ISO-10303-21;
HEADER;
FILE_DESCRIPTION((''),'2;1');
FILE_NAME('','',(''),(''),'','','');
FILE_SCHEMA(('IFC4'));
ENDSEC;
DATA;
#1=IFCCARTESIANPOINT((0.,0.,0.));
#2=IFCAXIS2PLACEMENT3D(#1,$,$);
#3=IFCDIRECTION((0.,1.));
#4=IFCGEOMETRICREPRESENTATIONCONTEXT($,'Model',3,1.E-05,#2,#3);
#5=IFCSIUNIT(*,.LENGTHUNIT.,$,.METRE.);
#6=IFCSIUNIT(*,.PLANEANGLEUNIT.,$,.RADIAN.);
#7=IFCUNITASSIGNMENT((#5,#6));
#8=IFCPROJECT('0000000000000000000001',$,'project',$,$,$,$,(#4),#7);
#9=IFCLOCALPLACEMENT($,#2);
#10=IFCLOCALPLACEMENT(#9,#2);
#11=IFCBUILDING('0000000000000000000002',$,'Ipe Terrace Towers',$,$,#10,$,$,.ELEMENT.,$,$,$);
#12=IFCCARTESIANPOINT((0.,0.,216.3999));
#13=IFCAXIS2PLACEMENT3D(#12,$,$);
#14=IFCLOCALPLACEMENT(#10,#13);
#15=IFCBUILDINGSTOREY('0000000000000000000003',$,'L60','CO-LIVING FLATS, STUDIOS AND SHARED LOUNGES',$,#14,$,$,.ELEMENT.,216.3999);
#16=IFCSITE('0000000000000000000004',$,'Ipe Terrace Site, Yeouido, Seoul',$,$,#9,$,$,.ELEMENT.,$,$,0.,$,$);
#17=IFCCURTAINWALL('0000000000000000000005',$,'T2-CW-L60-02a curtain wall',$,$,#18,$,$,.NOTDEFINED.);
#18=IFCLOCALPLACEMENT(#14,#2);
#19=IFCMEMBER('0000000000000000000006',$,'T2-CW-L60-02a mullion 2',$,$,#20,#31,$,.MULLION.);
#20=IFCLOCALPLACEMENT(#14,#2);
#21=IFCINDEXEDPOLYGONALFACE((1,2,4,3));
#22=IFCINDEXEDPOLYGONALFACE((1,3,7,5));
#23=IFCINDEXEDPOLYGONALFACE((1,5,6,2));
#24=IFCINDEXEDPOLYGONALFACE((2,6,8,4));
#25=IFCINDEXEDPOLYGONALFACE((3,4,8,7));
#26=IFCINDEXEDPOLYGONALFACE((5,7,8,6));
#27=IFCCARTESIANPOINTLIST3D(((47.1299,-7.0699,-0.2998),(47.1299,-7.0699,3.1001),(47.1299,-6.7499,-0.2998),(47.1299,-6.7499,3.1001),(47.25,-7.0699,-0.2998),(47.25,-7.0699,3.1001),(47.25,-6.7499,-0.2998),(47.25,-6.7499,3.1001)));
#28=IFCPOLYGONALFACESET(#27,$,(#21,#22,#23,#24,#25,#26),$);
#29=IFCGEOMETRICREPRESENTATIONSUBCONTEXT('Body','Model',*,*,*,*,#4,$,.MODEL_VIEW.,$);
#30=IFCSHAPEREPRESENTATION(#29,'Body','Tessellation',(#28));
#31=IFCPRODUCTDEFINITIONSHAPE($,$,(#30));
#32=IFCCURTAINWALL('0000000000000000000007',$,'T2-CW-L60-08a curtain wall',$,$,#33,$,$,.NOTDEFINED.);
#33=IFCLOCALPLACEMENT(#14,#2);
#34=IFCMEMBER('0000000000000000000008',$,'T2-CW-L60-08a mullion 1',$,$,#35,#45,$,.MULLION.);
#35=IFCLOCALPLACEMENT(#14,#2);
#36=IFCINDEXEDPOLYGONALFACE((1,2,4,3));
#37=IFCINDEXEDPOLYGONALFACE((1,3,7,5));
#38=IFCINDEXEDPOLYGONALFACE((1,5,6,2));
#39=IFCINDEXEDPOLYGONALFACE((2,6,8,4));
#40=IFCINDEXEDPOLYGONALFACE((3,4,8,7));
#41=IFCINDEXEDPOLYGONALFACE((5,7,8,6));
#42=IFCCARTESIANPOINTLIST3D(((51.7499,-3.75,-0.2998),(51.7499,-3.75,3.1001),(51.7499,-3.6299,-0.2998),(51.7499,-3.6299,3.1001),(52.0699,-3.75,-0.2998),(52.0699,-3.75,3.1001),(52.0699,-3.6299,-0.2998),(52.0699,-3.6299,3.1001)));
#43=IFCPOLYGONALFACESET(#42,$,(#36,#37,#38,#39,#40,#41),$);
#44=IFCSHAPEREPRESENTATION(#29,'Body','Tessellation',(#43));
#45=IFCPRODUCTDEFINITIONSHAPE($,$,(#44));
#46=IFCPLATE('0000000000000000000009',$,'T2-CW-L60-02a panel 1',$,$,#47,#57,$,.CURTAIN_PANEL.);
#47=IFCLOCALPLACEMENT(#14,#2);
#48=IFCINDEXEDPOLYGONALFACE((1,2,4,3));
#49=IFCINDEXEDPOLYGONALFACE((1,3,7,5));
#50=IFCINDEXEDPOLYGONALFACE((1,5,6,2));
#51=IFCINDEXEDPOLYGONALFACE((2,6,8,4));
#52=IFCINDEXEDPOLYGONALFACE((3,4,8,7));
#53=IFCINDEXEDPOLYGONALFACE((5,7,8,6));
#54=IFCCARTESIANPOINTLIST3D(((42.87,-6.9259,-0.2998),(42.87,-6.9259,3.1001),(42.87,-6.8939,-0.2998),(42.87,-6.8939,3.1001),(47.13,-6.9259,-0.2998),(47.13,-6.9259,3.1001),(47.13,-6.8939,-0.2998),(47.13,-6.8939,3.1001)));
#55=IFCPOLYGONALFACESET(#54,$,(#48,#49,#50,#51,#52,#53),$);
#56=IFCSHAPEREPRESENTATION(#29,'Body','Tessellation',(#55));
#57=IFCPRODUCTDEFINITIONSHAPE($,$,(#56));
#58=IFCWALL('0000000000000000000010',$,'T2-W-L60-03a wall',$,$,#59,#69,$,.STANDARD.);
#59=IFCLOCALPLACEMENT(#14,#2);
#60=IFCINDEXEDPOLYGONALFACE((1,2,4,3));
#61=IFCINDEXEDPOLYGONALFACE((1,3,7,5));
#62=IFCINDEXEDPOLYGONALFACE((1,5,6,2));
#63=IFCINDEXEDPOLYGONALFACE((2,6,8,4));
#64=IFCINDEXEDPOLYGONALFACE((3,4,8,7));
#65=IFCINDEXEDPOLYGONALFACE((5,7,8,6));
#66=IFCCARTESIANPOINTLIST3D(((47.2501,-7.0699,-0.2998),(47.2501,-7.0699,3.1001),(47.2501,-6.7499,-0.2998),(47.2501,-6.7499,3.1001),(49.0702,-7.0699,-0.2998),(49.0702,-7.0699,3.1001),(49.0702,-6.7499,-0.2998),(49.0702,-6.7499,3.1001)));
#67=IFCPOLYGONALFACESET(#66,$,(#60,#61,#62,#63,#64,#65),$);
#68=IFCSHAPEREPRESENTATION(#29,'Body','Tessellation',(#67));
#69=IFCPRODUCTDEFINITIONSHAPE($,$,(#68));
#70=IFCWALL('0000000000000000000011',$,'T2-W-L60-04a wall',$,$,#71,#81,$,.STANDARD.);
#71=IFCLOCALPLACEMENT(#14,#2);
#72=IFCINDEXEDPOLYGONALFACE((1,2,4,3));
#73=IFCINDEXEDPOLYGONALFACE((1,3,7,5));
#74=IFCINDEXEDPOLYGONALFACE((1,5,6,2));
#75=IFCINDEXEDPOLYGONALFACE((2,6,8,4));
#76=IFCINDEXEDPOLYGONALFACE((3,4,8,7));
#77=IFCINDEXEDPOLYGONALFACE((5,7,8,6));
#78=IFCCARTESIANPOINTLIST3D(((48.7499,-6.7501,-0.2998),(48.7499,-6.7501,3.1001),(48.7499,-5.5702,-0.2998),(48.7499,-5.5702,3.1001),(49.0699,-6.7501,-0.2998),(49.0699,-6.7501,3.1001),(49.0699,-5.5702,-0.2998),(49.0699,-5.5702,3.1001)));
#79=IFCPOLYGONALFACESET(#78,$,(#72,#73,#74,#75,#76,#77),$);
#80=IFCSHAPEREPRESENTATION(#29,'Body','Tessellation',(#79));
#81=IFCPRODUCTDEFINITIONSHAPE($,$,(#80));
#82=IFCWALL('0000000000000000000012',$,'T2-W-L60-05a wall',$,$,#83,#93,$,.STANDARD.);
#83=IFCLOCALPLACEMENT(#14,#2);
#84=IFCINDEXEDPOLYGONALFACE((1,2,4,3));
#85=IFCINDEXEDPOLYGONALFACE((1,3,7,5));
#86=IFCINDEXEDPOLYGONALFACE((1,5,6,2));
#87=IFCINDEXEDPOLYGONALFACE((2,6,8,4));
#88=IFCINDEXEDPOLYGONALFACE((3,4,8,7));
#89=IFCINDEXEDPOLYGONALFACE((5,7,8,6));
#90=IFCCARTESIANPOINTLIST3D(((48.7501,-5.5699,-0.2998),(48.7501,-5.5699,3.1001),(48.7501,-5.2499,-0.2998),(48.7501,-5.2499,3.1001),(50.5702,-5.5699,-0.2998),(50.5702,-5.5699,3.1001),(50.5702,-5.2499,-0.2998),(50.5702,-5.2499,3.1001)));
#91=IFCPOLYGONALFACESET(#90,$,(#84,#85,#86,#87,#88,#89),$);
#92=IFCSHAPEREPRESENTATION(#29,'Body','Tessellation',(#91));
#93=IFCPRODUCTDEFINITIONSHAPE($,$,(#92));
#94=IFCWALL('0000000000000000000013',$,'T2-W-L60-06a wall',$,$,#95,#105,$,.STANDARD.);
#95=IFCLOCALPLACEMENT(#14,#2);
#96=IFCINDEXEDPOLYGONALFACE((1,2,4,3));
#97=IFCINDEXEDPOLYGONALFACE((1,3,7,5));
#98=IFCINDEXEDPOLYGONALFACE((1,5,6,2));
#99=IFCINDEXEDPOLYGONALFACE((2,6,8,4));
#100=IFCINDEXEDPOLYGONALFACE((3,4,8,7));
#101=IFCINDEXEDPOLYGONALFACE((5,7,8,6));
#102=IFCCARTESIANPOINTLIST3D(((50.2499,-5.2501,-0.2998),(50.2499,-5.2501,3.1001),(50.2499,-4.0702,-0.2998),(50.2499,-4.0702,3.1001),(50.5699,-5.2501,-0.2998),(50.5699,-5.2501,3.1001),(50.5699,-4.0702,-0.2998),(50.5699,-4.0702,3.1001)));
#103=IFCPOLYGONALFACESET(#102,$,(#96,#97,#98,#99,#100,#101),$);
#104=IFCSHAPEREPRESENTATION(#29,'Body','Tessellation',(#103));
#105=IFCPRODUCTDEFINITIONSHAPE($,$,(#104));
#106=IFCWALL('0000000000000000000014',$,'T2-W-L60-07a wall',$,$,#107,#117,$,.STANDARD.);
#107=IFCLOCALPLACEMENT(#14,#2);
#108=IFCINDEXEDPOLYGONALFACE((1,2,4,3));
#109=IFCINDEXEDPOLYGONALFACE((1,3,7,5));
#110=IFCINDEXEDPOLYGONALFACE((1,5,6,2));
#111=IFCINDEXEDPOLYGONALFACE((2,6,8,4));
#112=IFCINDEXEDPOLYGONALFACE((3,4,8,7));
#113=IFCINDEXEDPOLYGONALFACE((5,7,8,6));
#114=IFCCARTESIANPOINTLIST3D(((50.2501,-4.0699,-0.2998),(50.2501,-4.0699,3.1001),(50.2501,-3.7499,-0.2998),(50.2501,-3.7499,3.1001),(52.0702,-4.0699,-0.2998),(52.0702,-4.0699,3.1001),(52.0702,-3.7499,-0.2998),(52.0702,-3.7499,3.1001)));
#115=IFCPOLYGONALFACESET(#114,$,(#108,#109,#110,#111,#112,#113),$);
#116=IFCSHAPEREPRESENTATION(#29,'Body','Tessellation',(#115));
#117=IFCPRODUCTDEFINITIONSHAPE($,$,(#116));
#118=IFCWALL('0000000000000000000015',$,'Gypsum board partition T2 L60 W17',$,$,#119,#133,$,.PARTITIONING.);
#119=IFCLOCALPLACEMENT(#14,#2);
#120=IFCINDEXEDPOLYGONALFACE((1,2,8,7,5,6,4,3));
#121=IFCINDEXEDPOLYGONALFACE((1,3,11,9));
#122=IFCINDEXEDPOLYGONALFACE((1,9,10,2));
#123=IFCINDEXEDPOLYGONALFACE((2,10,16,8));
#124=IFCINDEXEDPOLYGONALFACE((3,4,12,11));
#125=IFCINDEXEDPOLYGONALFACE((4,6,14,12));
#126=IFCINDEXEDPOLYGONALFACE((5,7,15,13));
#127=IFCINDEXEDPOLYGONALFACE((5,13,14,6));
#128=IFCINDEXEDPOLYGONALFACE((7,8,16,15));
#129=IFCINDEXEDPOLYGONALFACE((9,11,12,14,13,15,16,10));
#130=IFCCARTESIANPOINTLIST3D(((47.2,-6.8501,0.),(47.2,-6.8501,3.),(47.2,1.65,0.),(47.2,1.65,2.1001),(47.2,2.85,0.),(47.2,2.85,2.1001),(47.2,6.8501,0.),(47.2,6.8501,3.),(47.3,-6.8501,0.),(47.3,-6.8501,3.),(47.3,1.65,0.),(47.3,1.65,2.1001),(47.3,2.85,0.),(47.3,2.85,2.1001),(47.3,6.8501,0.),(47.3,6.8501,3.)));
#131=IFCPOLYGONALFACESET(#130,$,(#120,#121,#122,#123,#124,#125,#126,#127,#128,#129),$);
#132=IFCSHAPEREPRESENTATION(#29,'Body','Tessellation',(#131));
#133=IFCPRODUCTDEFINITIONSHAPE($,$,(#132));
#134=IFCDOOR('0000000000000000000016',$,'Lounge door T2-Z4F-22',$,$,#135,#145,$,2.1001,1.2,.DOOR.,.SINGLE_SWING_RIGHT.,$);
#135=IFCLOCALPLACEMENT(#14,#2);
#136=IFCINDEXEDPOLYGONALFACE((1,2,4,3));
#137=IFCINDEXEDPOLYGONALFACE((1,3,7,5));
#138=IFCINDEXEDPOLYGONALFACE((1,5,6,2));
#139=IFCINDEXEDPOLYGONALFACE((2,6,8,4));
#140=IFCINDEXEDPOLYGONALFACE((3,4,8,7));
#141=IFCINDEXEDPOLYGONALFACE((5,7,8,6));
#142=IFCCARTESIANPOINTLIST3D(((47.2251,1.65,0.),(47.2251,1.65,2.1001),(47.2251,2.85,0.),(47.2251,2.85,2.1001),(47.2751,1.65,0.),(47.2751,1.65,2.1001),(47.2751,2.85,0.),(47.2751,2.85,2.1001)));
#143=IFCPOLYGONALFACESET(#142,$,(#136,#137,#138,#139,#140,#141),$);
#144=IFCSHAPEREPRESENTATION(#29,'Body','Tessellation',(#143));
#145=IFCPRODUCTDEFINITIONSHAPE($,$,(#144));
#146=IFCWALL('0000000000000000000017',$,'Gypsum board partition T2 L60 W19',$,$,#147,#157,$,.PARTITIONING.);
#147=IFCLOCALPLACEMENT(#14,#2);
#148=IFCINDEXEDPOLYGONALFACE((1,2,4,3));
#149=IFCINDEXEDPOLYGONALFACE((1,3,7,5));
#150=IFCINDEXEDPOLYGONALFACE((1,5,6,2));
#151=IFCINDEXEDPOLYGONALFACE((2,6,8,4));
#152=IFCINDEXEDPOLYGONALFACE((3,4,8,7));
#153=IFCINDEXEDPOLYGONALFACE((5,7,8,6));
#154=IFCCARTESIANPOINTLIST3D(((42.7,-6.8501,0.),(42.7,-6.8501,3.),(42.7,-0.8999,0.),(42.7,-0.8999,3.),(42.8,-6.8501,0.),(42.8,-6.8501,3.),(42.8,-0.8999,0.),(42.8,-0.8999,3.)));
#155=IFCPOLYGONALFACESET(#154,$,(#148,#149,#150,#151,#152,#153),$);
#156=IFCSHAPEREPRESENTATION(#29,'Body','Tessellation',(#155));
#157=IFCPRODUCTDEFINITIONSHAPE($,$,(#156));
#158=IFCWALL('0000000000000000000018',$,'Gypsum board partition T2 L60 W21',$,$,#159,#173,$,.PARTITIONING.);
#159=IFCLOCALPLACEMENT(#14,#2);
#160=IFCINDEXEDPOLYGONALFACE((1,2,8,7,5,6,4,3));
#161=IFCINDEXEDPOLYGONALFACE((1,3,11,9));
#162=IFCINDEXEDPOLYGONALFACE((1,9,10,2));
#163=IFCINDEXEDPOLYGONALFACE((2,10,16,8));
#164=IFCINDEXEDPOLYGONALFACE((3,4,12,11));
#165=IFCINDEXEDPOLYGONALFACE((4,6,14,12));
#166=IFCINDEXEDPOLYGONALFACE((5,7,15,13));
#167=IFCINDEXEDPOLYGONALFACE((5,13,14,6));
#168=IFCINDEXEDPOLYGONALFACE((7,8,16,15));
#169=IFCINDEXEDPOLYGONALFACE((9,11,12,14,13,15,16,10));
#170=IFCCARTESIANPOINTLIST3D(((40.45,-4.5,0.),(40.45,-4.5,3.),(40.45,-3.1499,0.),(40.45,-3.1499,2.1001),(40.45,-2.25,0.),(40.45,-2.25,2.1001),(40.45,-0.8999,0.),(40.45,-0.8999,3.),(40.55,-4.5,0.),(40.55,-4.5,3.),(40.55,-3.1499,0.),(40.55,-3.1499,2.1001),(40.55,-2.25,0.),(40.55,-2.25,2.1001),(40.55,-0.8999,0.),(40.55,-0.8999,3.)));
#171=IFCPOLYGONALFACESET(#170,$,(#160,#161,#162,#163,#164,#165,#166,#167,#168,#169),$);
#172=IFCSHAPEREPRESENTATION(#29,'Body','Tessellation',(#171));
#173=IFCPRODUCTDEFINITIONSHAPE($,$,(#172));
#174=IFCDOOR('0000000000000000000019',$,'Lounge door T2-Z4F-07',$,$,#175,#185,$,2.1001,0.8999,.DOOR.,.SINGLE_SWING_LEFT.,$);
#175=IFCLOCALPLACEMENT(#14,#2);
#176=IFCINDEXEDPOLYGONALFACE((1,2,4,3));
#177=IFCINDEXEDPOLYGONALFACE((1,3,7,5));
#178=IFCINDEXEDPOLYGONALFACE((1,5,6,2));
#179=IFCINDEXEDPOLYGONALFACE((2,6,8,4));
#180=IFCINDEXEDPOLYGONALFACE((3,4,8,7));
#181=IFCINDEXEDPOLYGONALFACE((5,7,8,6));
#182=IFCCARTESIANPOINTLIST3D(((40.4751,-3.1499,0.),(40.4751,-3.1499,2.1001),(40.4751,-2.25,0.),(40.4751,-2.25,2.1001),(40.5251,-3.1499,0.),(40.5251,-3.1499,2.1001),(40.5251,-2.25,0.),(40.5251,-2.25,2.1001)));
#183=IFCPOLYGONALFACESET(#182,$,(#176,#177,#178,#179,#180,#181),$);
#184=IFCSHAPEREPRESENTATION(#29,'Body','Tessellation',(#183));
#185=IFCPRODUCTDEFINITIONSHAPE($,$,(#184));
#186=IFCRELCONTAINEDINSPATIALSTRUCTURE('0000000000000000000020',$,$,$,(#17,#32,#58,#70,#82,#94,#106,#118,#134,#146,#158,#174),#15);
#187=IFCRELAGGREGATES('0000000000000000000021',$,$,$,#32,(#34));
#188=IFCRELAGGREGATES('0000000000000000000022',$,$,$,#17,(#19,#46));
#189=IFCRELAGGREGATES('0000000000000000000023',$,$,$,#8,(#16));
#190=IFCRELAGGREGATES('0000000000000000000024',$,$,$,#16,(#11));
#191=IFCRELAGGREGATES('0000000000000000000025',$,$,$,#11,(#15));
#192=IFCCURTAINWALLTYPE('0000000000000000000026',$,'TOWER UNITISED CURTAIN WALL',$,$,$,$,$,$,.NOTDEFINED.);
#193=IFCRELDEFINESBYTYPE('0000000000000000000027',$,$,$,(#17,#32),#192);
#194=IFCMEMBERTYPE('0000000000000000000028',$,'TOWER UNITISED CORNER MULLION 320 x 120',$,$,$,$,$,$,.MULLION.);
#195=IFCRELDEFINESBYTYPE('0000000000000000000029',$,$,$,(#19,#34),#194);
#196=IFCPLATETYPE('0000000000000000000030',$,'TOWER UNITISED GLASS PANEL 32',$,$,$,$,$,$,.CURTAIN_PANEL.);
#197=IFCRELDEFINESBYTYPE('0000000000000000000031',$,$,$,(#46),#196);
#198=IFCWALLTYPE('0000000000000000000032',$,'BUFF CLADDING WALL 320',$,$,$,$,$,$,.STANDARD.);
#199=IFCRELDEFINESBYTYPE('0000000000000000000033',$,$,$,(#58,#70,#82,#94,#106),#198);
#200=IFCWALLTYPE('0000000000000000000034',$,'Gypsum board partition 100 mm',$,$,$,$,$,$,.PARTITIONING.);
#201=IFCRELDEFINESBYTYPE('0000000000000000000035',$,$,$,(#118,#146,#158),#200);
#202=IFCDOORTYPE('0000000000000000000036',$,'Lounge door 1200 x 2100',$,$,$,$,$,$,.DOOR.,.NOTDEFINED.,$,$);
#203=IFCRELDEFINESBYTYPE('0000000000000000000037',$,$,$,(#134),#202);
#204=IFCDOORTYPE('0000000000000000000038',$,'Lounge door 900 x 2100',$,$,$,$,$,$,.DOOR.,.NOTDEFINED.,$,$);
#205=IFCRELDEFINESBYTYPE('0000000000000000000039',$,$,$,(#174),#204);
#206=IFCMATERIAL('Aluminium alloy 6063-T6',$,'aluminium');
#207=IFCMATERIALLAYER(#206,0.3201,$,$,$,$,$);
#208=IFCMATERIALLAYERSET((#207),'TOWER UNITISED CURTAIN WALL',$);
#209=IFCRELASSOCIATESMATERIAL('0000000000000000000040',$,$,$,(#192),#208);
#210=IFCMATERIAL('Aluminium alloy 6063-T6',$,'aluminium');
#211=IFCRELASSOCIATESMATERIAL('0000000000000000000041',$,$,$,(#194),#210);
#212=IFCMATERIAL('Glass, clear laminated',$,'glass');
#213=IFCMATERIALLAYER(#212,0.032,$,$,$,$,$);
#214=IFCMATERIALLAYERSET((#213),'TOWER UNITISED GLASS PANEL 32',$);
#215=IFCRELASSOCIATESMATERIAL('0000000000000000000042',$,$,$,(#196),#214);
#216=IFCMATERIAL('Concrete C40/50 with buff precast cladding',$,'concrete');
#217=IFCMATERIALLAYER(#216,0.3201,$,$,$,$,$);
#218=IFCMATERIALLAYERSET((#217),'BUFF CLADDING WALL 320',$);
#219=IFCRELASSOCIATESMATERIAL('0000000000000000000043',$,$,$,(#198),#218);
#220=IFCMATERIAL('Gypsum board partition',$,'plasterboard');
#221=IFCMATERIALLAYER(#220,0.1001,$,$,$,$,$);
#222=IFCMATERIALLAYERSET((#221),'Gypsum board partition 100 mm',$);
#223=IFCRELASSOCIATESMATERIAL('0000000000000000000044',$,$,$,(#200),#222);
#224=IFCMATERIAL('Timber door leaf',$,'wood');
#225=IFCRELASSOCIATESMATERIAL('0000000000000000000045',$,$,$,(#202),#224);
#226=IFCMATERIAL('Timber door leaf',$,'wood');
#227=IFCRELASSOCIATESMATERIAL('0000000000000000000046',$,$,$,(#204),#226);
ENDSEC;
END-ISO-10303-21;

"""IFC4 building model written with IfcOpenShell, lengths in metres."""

from ifc_helpers import new_model, si_unit, direction, frame, frame_2d, origin, origin_2d, place, context, subcontext, project, spatial, rectangle, extrude, material, layer, layer_set, material_profile, profile_set, type_object, element, fill, aggregate, save


model = new_model("IFC4")

# Units and contexts
model_context = context("Model", 3, precision=1e-05, world=origin(), true_north=direction((0.0, 1.0)))
body_context = subcontext(model_context, "Body", "Model", "MODEL_VIEW")
ifc_project = project(units=[si_unit("LENGTHUNIT", "METRE"), si_unit("PLANEANGLEUNIT", "RADIAN")], contexts=[model_context])

# Site, building, storey
site_placement = place(None, origin())
site = spatial("IfcSite", under=ifc_project, at=site_placement, Name="Ipe Terrace Site, Yeouido, Seoul", CompositionType="ELEMENT", RefElevation=0.0)
building_placement = place(site_placement, origin())
building = spatial("IfcBuilding", under=site, at=building_placement, Name="Ipe Terrace Towers", CompositionType="ELEMENT")
storey_placement = place(building_placement, frame((0.0, 0.0, 216.3999)))
storey = spatial("IfcBuildingStorey", under=building, at=storey_placement, Name="L60", Description="CO-LIVING FLATS, STUDIOS AND SHARED LOUNGES", CompositionType="ELEMENT", Elevation=216.3999)

# Curtain wall, member
ifc_material_1 = material(Name="Aluminium alloy 6063-T6", Category="aluminium")
ifc_layer_1 = layer(ifc_material_1, 0.3201)
ifc_layer_set_1 = layer_set([ifc_layer_1], Name="TOWER UNITISED CURTAIN WALL")
curtain_wall_type = type_object("IfcCurtainWallType", Name="TOWER UNITISED CURTAIN WALL", PredefinedType="NOTDEFINED", material=ifc_layer_set_1)
curtain_wall_1_placement = place(storey_placement, origin())
curtain_wall_1 = element("IfcCurtainWall", 1, at=curtain_wall_1_placement, inside=storey, type_object=curtain_wall_type, Name="T2-CW-L60-02a curtain wall", PredefinedType="NOTDEFINED")
ifc_material_2 = material(Name="Aluminium alloy 6063-T6", Category="aluminium")
ifc_material_profile_1 = material_profile(ifc_material_2, rectangle(XDim=0.3201, YDim=0.1201, at=origin_2d()), Name="TOWER UNITISED CORNER MULLION 320 x 120")
ifc_profile_set_1 = profile_set([ifc_material_profile_1], Name="Aluminium alloy 6063-T6")
member_type = type_object("IfcMemberType", Name="TOWER UNITISED CORNER MULLION 320 x 120", PredefinedType="MULLION", material=ifc_profile_set_1)
member_1_placement = place(storey_placement, frame((47.1899, -6.9099, -0.2998), z_axis=(0.0, 0.0, 1.0), x_axis=(0.0, -1.0, 0.0)))
member_1 = element("IfcMember", 2, at=member_1_placement, type_object=member_type, Name="T2-CW-L60-02a mullion 2", PredefinedType="MULLION", context=body_context, shape_type="SweptSolid", body=[
    extrude(rectangle(XDim=0.3201, YDim=0.1201, at=origin_2d()), origin(), (0.0, 0.0, 1.0), 3.3999),
])

# Curtain wall, member
curtain_wall_2_placement = place(storey_placement, origin())
curtain_wall_2 = element("IfcCurtainWall", 3, at=curtain_wall_2_placement, inside=storey, type_object=curtain_wall_type, Name="T2-CW-L60-08a curtain wall", PredefinedType="NOTDEFINED")
member_2_placement = place(storey_placement, frame((51.9099, -3.6899, -0.2998), z_axis=(0.0, 0.0, 1.0), x_axis=(1.0, 0.0, 0.0)))
member_2 = element("IfcMember", 4, at=member_2_placement, type_object=member_type, Name="T2-CW-L60-08a mullion 1", PredefinedType="MULLION", context=body_context, shape_type="SweptSolid", body=[
    extrude(rectangle(XDim=0.3201, YDim=0.1201, at=origin_2d()), origin(), (0.0, 0.0, 1.0), 3.3999),
])
aggregate(curtain_wall_2, [member_2])

# Plate
ifc_material_3 = material(Name="Glass, clear laminated", Category="glass")
ifc_layer_2 = layer(ifc_material_3, 0.032)
ifc_layer_set_2 = layer_set([ifc_layer_2], Name="TOWER UNITISED GLASS PANEL 32")
plate_type = type_object("IfcPlateType", Name="TOWER UNITISED GLASS PANEL 32", PredefinedType="CURTAIN_PANEL", material=ifc_layer_set_2)
plate_placement = place(storey_placement, frame((45.0, -6.9099, -0.2998), z_axis=(0.0, 0.0, 1.0), x_axis=(1.0, 0.0, 0.0)))
plate = element("IfcPlate", 5, at=plate_placement, type_object=plate_type, Name="T2-CW-L60-02a panel 1", PredefinedType="CURTAIN_PANEL", context=body_context, shape_type="SweptSolid", body=[
    extrude(rectangle(XDim=4.26, YDim=0.032, at=origin_2d()), origin(), (0.0, 0.0, 1.0), 3.3999),
])
aggregate(curtain_wall_1, [member_1, plate])

# Walls
ifc_material_4 = material(Name="Concrete C40/50 with buff precast cladding", Category="concrete")
ifc_layer_3 = layer(ifc_material_4, 0.3201)
ifc_layer_set_3 = layer_set([ifc_layer_3], Name="BUFF CLADDING WALL 320")
wall_type_1 = type_object("IfcWallType", Name="BUFF CLADDING WALL 320", PredefinedType="STANDARD", material=ifc_layer_set_3)
wall_1_placement = place(storey_placement, frame((47.25, -6.9099, -0.2998), z_axis=(0.0, 0.0, 1.0), x_axis=(1.0, 0.0, 0.0)))
element("IfcWall", 6, at=wall_1_placement, inside=storey, type_object=wall_type_1, Name="T2-W-L60-03a wall", PredefinedType="STANDARD", context=body_context, shape_type="SweptSolid", body=[
    extrude(rectangle(XDim=1.8201, YDim=0.3201, at=frame_2d((0.9102, 0.0))), origin(), (0.0, 0.0, 1.0), 3.3999),
])
wall_2_placement = place(storey_placement, frame((48.9099, -6.75, -0.2998), z_axis=(0.0, 0.0, 1.0), x_axis=(0.0, 1.0, 0.0)))
element("IfcWall", 7, at=wall_2_placement, inside=storey, type_object=wall_type_1, Name="T2-W-L60-04a wall", PredefinedType="STANDARD", context=body_context, shape_type="SweptSolid", body=[
    extrude(rectangle(XDim=1.1799, YDim=0.3201, at=frame_2d((0.5898, 0.0))), origin(), (0.0, 0.0, 1.0), 3.3999),
])
wall_3_placement = place(storey_placement, frame((48.75, -5.4099, -0.2998), z_axis=(0.0, 0.0, 1.0), x_axis=(1.0, 0.0, 0.0)))
element("IfcWall", 8, at=wall_3_placement, inside=storey, type_object=wall_type_1, Name="T2-W-L60-05a wall", PredefinedType="STANDARD", context=body_context, shape_type="SweptSolid", body=[
    extrude(rectangle(XDim=1.8201, YDim=0.3201, at=frame_2d((0.9102, 0.0))), origin(), (0.0, 0.0, 1.0), 3.3999),
])
wall_4_placement = place(storey_placement, frame((50.4099, -5.25, -0.2998), z_axis=(0.0, 0.0, 1.0), x_axis=(0.0, 1.0, 0.0)))
element("IfcWall", 9, at=wall_4_placement, inside=storey, type_object=wall_type_1, Name="T2-W-L60-06a wall", PredefinedType="STANDARD", context=body_context, shape_type="SweptSolid", body=[
    extrude(rectangle(XDim=1.1799, YDim=0.3201, at=frame_2d((0.5898, 0.0))), origin(), (0.0, 0.0, 1.0), 3.3999),
])
wall_5_placement = place(storey_placement, frame((50.25, -3.9099, -0.2998), z_axis=(0.0, 0.0, 1.0), x_axis=(1.0, 0.0, 0.0)))
element("IfcWall", 10, at=wall_5_placement, inside=storey, type_object=wall_type_1, Name="T2-W-L60-07a wall", PredefinedType="STANDARD", context=body_context, shape_type="SweptSolid", body=[
    extrude(rectangle(XDim=1.8201, YDim=0.3201, at=frame_2d((0.9102, 0.0))), origin(), (0.0, 0.0, 1.0), 3.3999),
])

# Wall, opening, door
ifc_material_5 = material(Name="Gypsum board partition", Category="plasterboard")
ifc_layer_4 = layer(ifc_material_5, 0.1001)
ifc_layer_set_4 = layer_set([ifc_layer_4], Name="Gypsum board partition 100 mm")
wall_type_2 = type_object("IfcWallType", Name="Gypsum board partition 100 mm", PredefinedType="PARTITIONING", material=ifc_layer_set_4)
wall_6_placement = place(storey_placement, frame((47.25, -6.8501, 0.0), z_axis=(0.0, 0.0, 1.0), x_axis=(0.0, 1.0, 0.0)))
wall_6 = element("IfcWall", 11, at=wall_6_placement, inside=storey, type_object=wall_type_2, Name="Gypsum board partition T2 L60 W17", PredefinedType="PARTITIONING", context=body_context, shape_type="SweptSolid", body=[
    extrude(rectangle(XDim=13.7002, YDim=0.1001, at=frame_2d((6.8501, 0.0))), origin(), (0.0, 0.0, 1.0), 3.0),
])
opening_1_placement = place(wall_6_placement, frame((8.5, 0.0, 0.0)))
opening_1 = element("IfcOpeningElement", 12, at=opening_1_placement, cuts=wall_6, PredefinedType="OPENING", context=body_context, shape_type="SweptSolid", body=[
    extrude(rectangle(XDim=1.2, YDim=2.1001, at=frame_2d((0.6001, 1.05))), frame((0.0, 0.0601, 0.0), z_axis=(0.0, -1.0, 0.0), x_axis=(1.0, 0.0, 0.0)), (0.0, 0.0, 1.0), 0.1201),
])
ifc_material_6 = material(Name="Timber door leaf", Category="wood")
door_type_1 = type_object("IfcDoorType", Name="Lounge door 1200 x 2100", OperationType="NOTDEFINED", PredefinedType="DOOR", material=ifc_material_6)
door_1_placement = place(opening_1_placement, origin())
door_1 = element("IfcDoor", 13, at=door_1_placement, inside=storey, type_object=door_type_1, Name="Lounge door T2-Z4F-22", OperationType="SINGLE_SWING_RIGHT", OverallHeight=2.1001, OverallWidth=1.2, PredefinedType="DOOR", context=body_context, shape_type="SweptSolid", body=[
    extrude(rectangle(XDim=1.2, YDim=2.1001, at=frame_2d((0.6001, 1.05))), frame((0.0, 0.0249, 0.0), z_axis=(0.0, -1.0, 0.0), x_axis=(1.0, 0.0, 0.0)), (0.0, 0.0, 1.0), 0.05),
])
fill(opening_1, door_1)

# Wall
wall_7_placement = place(storey_placement, frame((42.75, -6.8501, 0.0), z_axis=(0.0, 0.0, 1.0), x_axis=(0.0, 1.0, 0.0)))
element("IfcWall", 14, at=wall_7_placement, inside=storey, type_object=wall_type_2, Name="Gypsum board partition T2 L60 W19", PredefinedType="PARTITIONING", context=body_context, shape_type="SweptSolid", body=[
    extrude(rectangle(XDim=5.9502, YDim=0.1001, at=frame_2d((2.9751, 0.0))), origin(), (0.0, 0.0, 1.0), 3.0),
])

# Wall, opening, door
wall_8_placement = place(storey_placement, frame((40.5, -4.5, 0.0), z_axis=(0.0, 0.0, 1.0), x_axis=(0.0, 1.0, 0.0)))
wall_8 = element("IfcWall", 15, at=wall_8_placement, inside=storey, type_object=wall_type_2, Name="Gypsum board partition T2 L60 W21", PredefinedType="PARTITIONING", context=body_context, shape_type="SweptSolid", body=[
    extrude(rectangle(XDim=3.6001, YDim=0.1001, at=frame_2d((1.8, 0.0))), origin(), (0.0, 0.0, 1.0), 3.0),
])
opening_2_placement = place(wall_8_placement, frame((1.3501, 0.0, 0.0)))
opening_2 = element("IfcOpeningElement", 16, at=opening_2_placement, cuts=wall_8, PredefinedType="OPENING", context=body_context, shape_type="SweptSolid", body=[
    extrude(rectangle(XDim=0.8999, YDim=2.1001, at=frame_2d((0.45, 1.05))), frame((0.0, 0.0601, 0.0), z_axis=(0.0, -1.0, 0.0), x_axis=(1.0, 0.0, 0.0)), (0.0, 0.0, 1.0), 0.1201),
])
ifc_material_7 = material(Name="Timber door leaf", Category="wood")
door_type_2 = type_object("IfcDoorType", Name="Lounge door 900 x 2100", OperationType="NOTDEFINED", PredefinedType="DOOR", material=ifc_material_7)
door_2_placement = place(opening_2_placement, origin())
door_2 = element("IfcDoor", 17, at=door_2_placement, inside=storey, type_object=door_type_2, Name="Lounge door T2-Z4F-07", OperationType="SINGLE_SWING_LEFT", OverallHeight=2.1001, OverallWidth=0.8999, PredefinedType="DOOR", context=body_context, shape_type="SweptSolid", body=[
    extrude(rectangle(XDim=0.8999, YDim=2.1001, at=frame_2d((0.45, 1.05))), frame((0.0, 0.0249, 0.0), z_axis=(0.0, -1.0, 0.0), x_axis=(1.0, 0.0, 0.0)), (0.0, 0.0, 1.0), 0.05),
])
fill(opening_2, door_2)

save(model, "model.ifc")
